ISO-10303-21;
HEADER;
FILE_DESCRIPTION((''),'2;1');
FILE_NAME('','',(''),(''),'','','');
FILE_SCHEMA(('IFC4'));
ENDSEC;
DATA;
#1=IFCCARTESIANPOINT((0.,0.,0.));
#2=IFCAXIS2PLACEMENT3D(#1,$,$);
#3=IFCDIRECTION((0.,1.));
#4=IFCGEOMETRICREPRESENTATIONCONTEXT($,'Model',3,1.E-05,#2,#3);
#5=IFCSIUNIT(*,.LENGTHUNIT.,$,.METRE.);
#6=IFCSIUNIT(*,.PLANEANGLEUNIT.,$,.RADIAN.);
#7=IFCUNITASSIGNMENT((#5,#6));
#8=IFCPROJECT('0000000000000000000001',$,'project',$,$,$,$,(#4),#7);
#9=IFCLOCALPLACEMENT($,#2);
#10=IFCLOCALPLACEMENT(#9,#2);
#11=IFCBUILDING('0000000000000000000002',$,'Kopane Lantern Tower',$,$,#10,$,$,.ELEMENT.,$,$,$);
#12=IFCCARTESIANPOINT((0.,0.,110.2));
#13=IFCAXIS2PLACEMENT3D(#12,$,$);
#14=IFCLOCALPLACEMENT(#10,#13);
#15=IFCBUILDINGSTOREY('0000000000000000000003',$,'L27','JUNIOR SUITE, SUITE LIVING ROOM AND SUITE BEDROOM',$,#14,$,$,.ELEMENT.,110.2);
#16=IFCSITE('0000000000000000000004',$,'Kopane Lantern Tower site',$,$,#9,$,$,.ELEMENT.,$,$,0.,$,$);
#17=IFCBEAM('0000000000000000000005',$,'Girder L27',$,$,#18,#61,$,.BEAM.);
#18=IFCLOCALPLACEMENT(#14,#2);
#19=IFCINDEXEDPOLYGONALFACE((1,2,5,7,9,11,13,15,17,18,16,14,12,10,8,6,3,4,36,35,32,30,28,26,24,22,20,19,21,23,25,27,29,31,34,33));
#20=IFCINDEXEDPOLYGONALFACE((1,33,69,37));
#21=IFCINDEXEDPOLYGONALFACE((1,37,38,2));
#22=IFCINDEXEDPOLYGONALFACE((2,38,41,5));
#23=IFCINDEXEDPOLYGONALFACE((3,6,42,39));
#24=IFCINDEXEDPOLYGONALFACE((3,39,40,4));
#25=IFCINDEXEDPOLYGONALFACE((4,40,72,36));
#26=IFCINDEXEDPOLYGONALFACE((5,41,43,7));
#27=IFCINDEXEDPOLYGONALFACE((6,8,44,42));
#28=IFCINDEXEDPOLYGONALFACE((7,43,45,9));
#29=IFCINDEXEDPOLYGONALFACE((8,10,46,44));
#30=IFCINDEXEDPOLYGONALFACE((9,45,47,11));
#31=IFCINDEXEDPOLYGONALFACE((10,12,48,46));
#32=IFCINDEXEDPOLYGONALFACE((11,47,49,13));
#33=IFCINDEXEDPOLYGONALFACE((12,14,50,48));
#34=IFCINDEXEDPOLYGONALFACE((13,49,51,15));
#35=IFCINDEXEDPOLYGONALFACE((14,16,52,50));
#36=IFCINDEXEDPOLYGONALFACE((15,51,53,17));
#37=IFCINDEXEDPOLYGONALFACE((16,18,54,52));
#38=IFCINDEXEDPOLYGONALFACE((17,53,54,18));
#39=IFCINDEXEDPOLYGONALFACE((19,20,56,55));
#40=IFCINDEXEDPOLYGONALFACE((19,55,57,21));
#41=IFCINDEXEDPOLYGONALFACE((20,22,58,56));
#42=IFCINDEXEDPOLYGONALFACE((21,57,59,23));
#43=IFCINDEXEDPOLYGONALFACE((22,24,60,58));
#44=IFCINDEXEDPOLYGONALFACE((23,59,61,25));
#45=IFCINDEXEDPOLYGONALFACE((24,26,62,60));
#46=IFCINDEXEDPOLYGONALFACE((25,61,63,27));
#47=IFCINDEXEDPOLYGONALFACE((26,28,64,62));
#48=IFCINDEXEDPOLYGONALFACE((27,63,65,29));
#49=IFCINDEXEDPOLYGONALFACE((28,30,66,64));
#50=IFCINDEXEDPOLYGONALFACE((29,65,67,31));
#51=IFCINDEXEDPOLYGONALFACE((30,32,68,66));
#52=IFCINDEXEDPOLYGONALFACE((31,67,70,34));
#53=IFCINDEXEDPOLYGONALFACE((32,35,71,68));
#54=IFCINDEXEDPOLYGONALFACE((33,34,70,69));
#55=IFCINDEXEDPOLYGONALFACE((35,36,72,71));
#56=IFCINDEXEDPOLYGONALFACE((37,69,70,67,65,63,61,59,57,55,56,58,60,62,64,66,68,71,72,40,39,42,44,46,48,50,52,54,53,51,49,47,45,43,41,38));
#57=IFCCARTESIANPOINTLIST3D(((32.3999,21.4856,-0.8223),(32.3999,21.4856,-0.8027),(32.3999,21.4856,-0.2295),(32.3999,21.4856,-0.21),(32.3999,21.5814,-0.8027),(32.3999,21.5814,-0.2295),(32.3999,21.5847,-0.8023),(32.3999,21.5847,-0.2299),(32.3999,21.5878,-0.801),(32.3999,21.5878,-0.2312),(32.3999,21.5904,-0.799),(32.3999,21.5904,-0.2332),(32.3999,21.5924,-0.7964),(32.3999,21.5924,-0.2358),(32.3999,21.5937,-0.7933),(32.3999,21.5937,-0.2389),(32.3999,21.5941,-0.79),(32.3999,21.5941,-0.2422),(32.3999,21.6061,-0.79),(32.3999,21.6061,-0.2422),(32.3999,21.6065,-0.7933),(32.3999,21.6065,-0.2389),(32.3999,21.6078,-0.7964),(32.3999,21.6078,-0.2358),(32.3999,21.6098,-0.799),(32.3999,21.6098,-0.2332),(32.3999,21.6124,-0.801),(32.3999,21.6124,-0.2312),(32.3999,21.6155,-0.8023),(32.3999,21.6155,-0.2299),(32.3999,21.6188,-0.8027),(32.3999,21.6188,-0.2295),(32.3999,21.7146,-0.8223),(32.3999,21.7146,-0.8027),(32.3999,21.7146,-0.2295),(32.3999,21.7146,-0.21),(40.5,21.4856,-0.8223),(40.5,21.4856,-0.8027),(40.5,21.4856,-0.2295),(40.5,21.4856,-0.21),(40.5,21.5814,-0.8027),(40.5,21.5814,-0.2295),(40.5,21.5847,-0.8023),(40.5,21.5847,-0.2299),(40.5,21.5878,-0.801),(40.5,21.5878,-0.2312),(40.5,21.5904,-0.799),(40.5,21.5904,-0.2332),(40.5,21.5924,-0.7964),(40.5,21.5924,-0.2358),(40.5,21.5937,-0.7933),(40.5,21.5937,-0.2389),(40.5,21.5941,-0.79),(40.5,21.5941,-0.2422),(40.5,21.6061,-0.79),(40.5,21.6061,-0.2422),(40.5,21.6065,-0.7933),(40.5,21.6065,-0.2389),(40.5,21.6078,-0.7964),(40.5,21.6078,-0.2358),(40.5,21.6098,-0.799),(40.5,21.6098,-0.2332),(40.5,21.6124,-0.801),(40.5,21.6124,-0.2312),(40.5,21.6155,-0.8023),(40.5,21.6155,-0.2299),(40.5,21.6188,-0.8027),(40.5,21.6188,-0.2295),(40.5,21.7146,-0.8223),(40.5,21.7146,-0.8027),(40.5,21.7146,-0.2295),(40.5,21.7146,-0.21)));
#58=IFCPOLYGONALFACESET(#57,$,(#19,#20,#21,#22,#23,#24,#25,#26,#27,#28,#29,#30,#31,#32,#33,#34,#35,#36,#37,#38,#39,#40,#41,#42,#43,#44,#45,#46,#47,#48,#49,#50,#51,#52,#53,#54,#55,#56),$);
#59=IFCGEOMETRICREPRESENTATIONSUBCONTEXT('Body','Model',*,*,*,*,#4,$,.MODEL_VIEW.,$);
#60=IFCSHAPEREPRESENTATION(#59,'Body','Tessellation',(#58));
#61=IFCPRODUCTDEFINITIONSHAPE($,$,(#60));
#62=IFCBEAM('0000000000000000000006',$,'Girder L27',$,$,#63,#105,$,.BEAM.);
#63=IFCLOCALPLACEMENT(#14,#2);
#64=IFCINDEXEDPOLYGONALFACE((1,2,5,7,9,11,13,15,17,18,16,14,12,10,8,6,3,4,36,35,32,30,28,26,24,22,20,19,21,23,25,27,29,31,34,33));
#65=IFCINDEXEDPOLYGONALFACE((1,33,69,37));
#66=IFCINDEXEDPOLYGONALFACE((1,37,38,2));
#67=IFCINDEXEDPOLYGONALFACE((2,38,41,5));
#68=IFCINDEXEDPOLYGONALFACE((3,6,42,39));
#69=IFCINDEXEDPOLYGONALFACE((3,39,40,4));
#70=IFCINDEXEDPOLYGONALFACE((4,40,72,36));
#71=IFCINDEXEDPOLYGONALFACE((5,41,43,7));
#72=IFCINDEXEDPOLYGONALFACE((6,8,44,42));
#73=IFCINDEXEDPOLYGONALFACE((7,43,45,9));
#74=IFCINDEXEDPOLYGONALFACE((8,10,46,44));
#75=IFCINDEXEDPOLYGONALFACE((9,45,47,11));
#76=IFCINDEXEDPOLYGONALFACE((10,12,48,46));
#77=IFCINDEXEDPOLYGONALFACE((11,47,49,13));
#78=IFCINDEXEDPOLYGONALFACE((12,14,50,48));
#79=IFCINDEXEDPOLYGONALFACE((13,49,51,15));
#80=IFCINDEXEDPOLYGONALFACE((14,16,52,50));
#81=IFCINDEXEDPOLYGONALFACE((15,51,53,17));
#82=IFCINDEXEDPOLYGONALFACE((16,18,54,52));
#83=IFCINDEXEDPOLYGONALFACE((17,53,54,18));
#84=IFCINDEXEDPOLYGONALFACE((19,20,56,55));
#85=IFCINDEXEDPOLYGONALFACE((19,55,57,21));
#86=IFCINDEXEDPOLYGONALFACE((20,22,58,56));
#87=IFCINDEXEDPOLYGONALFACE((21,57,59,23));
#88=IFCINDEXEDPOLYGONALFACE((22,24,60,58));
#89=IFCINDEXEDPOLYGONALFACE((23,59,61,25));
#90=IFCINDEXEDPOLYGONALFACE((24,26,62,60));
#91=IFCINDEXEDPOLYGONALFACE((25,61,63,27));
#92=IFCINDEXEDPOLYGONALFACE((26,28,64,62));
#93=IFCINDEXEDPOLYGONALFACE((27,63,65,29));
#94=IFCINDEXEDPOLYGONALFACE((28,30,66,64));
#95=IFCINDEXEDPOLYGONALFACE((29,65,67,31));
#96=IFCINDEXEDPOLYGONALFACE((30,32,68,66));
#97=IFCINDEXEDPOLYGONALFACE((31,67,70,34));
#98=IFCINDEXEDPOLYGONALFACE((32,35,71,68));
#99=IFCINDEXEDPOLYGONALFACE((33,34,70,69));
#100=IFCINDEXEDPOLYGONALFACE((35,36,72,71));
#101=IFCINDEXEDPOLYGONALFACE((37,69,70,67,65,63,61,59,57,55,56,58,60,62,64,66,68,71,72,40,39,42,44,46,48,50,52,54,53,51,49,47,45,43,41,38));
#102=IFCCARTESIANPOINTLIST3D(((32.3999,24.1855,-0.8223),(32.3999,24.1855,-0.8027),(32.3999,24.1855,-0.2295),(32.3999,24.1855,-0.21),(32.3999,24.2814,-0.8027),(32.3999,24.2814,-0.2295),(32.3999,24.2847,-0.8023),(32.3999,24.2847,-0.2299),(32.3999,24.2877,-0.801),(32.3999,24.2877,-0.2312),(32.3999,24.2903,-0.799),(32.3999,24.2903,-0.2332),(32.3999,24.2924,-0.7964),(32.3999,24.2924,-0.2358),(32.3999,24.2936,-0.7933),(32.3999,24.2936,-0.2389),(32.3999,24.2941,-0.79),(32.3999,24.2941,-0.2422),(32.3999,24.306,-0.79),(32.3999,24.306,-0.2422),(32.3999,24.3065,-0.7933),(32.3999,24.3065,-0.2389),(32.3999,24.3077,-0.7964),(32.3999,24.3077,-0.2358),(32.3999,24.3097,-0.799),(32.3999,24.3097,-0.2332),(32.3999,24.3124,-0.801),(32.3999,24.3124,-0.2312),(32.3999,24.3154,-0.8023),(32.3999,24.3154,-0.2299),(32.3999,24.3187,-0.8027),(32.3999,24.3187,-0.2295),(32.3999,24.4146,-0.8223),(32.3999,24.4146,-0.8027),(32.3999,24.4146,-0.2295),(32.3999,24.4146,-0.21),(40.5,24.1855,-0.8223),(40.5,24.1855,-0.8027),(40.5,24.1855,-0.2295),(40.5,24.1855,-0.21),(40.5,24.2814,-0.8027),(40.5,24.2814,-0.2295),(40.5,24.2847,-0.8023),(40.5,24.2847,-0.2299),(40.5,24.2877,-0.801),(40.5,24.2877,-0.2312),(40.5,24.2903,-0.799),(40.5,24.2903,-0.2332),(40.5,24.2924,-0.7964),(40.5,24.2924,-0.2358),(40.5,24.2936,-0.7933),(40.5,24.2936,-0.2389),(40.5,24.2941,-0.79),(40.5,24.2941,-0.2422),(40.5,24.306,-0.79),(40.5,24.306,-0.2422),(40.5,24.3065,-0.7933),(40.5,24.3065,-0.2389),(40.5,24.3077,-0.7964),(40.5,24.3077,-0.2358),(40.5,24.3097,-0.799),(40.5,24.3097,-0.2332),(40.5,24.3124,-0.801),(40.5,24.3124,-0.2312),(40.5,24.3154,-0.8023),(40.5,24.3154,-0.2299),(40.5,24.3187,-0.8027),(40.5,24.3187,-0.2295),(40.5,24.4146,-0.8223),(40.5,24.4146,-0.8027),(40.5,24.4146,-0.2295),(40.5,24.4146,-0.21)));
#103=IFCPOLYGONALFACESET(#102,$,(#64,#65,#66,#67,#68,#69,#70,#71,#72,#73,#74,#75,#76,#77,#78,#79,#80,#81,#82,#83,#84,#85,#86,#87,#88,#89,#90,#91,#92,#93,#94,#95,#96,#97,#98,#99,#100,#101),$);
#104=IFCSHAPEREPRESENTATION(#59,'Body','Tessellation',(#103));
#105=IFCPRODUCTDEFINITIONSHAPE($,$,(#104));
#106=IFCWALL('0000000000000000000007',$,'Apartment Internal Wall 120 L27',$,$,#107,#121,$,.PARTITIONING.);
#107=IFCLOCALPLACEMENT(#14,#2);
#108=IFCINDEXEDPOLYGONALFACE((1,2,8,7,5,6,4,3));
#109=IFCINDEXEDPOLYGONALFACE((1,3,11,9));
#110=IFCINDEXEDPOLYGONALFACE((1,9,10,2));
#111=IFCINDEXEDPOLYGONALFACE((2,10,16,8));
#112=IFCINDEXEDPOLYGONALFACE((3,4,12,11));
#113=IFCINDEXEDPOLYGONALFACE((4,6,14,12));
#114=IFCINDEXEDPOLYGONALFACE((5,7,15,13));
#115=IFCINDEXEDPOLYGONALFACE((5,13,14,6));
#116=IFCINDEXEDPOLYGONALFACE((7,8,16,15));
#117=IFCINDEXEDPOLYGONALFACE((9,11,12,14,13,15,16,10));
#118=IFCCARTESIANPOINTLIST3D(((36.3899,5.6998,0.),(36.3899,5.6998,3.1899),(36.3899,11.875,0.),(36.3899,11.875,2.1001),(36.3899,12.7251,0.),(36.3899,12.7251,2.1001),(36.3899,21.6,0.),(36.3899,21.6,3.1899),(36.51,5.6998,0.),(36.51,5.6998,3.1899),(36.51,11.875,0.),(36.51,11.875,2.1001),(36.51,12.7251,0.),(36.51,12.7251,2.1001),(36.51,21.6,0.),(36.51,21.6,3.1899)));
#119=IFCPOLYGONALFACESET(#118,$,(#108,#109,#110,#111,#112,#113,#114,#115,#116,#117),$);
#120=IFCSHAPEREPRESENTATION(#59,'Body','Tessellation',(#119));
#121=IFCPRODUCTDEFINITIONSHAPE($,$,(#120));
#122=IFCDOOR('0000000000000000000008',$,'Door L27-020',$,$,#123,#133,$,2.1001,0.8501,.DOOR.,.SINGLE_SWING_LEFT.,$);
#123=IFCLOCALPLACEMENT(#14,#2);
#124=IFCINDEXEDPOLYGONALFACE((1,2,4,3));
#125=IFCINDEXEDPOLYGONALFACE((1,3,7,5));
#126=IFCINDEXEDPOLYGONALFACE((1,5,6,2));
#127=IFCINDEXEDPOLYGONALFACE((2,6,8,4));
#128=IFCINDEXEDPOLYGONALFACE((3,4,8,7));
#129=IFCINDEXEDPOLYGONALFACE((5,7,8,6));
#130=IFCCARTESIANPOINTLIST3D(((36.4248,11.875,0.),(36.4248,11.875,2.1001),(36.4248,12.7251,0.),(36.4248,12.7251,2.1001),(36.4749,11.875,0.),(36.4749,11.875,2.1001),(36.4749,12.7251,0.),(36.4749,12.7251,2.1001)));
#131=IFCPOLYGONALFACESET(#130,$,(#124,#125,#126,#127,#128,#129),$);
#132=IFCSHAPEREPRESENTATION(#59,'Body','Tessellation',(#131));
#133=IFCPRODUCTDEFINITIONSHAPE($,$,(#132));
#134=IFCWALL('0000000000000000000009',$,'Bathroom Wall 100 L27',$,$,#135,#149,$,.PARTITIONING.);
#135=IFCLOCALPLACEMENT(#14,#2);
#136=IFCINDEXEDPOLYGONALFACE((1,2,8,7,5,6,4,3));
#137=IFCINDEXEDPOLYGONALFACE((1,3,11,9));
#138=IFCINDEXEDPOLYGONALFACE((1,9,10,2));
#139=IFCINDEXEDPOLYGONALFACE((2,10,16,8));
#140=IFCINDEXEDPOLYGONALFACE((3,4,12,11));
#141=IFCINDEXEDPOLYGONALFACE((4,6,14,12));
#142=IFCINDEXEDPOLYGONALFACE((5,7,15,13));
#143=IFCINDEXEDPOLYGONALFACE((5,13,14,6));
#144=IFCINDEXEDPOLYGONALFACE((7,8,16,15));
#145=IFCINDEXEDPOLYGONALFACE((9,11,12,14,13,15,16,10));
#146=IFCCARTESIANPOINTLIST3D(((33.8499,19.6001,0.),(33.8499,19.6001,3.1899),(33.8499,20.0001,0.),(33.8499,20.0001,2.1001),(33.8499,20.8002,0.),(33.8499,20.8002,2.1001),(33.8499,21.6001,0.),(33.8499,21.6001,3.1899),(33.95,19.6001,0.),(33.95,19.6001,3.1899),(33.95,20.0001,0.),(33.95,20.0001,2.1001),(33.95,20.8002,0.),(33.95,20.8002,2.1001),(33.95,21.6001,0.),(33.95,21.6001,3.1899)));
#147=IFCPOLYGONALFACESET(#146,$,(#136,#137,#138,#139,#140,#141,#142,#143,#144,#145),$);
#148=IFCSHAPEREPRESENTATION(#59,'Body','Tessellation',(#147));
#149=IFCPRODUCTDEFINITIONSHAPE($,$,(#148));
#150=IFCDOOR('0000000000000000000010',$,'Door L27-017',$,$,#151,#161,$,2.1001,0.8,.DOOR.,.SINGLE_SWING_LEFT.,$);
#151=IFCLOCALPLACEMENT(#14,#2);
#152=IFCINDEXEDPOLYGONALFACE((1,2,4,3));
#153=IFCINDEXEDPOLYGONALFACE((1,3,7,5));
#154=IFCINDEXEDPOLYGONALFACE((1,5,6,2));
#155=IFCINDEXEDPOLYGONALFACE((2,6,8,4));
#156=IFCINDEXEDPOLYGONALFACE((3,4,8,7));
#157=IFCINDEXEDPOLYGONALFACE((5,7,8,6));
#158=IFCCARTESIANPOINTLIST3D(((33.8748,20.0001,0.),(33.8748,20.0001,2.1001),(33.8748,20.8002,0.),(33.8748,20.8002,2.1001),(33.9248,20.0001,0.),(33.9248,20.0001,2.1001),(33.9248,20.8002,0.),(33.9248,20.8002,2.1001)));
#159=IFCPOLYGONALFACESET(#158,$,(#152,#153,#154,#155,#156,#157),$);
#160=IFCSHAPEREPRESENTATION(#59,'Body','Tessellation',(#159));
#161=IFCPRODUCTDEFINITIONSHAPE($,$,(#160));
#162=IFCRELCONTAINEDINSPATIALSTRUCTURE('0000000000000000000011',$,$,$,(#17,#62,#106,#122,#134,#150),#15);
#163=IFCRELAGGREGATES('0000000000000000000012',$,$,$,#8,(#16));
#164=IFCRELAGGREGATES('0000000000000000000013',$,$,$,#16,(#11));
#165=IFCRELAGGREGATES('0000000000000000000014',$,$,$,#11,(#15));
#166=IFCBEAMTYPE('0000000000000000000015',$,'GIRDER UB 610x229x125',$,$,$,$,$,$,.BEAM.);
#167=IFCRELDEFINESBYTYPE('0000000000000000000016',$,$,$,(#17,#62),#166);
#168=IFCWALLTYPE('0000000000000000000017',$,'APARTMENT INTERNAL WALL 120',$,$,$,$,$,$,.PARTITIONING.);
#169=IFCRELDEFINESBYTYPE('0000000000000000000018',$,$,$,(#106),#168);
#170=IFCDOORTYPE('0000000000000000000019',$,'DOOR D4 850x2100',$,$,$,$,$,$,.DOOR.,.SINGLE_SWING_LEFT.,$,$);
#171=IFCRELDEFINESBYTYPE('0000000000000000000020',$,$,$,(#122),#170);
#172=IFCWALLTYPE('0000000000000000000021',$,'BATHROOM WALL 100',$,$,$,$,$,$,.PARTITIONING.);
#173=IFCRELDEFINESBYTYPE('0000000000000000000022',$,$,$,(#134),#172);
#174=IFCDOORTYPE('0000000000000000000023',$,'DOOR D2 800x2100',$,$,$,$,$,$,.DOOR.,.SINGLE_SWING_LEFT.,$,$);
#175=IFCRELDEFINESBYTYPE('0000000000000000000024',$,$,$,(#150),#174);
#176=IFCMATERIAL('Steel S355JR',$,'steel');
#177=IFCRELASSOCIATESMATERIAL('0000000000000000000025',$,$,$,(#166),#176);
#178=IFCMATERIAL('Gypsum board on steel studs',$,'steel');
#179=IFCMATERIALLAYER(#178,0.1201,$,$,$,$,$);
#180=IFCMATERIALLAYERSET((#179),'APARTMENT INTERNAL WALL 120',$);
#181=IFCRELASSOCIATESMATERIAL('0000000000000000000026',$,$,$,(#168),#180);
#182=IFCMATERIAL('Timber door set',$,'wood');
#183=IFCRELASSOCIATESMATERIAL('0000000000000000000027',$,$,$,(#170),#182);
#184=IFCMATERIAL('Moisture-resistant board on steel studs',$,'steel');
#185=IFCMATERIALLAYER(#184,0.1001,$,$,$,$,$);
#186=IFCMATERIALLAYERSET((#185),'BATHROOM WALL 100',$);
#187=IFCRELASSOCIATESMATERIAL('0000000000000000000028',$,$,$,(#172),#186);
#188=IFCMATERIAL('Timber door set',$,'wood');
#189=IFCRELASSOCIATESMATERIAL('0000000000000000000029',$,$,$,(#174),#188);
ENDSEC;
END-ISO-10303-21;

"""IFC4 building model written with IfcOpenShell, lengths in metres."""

from ifc_helpers import new_model, si_unit, direction, frame, frame_2d, origin, origin_2d, place, context, subcontext, project, spatial, rectangle, i_section, extrude, material, layer, layer_set, material_profile, profile_set, type_object, element, fill, save


model = new_model("IFC4")

# Units and contexts
model_context = context("Model", 3, precision=1e-05, world=origin(), true_north=direction((0.0, 1.0)))
body_context = subcontext(model_context, "Body", "Model", "MODEL_VIEW")
ifc_project = project(units=[si_unit("LENGTHUNIT", "METRE"), si_unit("PLANEANGLEUNIT", "RADIAN")], contexts=[model_context])

# Site, building, storey
site_placement = place(None, origin())
site = spatial("IfcSite", under=ifc_project, at=site_placement, Name="Kopane Lantern Tower site", CompositionType="ELEMENT", RefElevation=0.0)
building_placement = place(site_placement, origin())
building = spatial("IfcBuilding", under=site, at=building_placement, Name="Kopane Lantern Tower", CompositionType="ELEMENT")
storey_placement = place(building_placement, frame((0.0, 0.0, 110.2)))
storey = spatial("IfcBuildingStorey", under=building, at=storey_placement, Name="L27", Description="JUNIOR SUITE, SUITE LIVING ROOM AND SUITE BEDROOM", CompositionType="ELEMENT", Elevation=110.2)

# Beams
ifc_material_1 = material(Name="Steel S355JR", Category="steel")
ifc_material_profile_1 = material_profile(ifc_material_1, i_section(OverallWidth=0.229, OverallDepth=0.6123, WebThickness=0.012, FlangeThickness=0.0195, FilletRadius=0.0127, at=origin_2d()), Name="UB 610x229x125")
ifc_profile_set_1 = profile_set([ifc_material_profile_1], Name="Steel S355JR")
beam_type_1 = type_object("IfcBeamType", Name="GIRDER UB 610x229x125", PredefinedType="BEAM", material=ifc_profile_set_1)
for number, where, z_axis, x_axis, name in (
    (1, (32.3999, 21.6001, -0.5161), (1.0, 0.0, 0.0), (0.0, 1.0, 0.0), "Girder L27"),
    (2, (32.3999, 24.3, -0.5161), (1.0, 0.0, 0.0), (0.0, 1.0, 0.0), "Girder L27"),
):
    element("IfcBeam", number, at=place(storey_placement, frame(where, z_axis=z_axis, x_axis=x_axis)), inside=storey, type_object=beam_type_1, Name=name, PredefinedType="BEAM", context=body_context, shape_type="SweptSolid", body=[
        extrude(i_section(OverallWidth=0.229, OverallDepth=0.6123, WebThickness=0.012, FlangeThickness=0.0195, FilletRadius=0.0127, at=origin_2d()), origin(), (0.0, 0.0, 1.0), 8.1001),
    ])

# Walls, openings, doors
ifc_material_2 = material(Name="Gypsum board on steel studs", Category="steel")
ifc_layer_1 = layer(ifc_material_2, 0.1201)
ifc_layer_set_1 = layer_set([ifc_layer_1], Name="APARTMENT INTERNAL WALL 120")
wall_type_1 = type_object("IfcWallType", Name="APARTMENT INTERNAL WALL 120", PredefinedType="PARTITIONING", material=ifc_layer_set_1)
wall_1_placement = place(storey_placement, frame((36.45, 21.6001, 0.0), z_axis=(0.0, 0.0, 1.0), x_axis=(0.0, -1.0, 0.0)))
wall_1 = element("IfcWall", 3, at=wall_1_placement, inside=storey, type_object=wall_type_1, Name="Apartment Internal Wall 120 L27", PredefinedType="PARTITIONING", context=body_context, shape_type="SweptSolid", body=[
    extrude(rectangle(XDim=15.9001, YDim=0.1201, at=frame_2d((7.9502, 0.0))), origin(), (0.0, 0.0, 1.0), 3.1899),
])
opening_1_placement = place(wall_1_placement, frame((8.875, 0.0, 0.0)))
opening_1 = element("IfcOpeningElement", 4, at=opening_1_placement, cuts=wall_1, PredefinedType="OPENING", context=body_context, shape_type="SweptSolid", body=[
    extrude(rectangle(XDim=0.8501, YDim=2.1001, at=frame_2d((0.425, 1.05))), frame((0.0, 0.0701, 0.0), z_axis=(0.0, -1.0, 0.0), x_axis=(1.0, 0.0, 0.0)), (0.0, 0.0, 1.0), 0.1401),
])
ifc_material_3 = material(Name="Timber door set", Category="wood")
door_type_1 = type_object("IfcDoorType", Name="DOOR D4 850x2100", OperationType="SINGLE_SWING_LEFT", PredefinedType="DOOR", material=ifc_material_3)
door_1_placement = place(opening_1_placement, origin())
door_1 = element("IfcDoor", 5, at=door_1_placement, inside=storey, type_object=door_type_1, Name="Door L27-020", OperationType="SINGLE_SWING_LEFT", OverallHeight=2.1001, OverallWidth=0.8501, PredefinedType="DOOR", context=body_context, shape_type="SweptSolid", body=[
    extrude(rectangle(XDim=0.8501, YDim=2.1001, at=frame_2d((0.425, 1.05))), frame((0.0, 0.0249, 0.0), z_axis=(0.0, -1.0, 0.0), x_axis=(1.0, 0.0, 0.0)), (0.0, 0.0, 1.0), 0.05),
])
fill(opening_1, door_1)
ifc_material_4 = material(Name="Moisture-resistant board on steel studs", Category="steel")
ifc_layer_2 = layer(ifc_material_4, 0.1001)
ifc_layer_set_2 = layer_set([ifc_layer_2], Name="BATHROOM WALL 100")
wall_type_2 = type_object("IfcWallType", Name="BATHROOM WALL 100", PredefinedType="PARTITIONING", material=ifc_layer_set_2)
wall_2_placement = place(storey_placement, frame((33.8999, 21.6001, 0.0), z_axis=(0.0, 0.0, 1.0), x_axis=(0.0, -1.0, 0.0)))
wall_2 = element("IfcWall", 6, at=wall_2_placement, inside=storey, type_object=wall_type_2, Name="Bathroom Wall 100 L27", PredefinedType="PARTITIONING", context=body_context, shape_type="SweptSolid", body=[
    extrude(rectangle(XDim=2.0, YDim=0.1001, at=frame_2d((1.0, 0.0))), origin(), (0.0, 0.0, 1.0), 3.1899),
])
opening_2_placement = place(wall_2_placement, frame((0.8, 0.0, 0.0)))
opening_2 = element("IfcOpeningElement", 7, at=opening_2_placement, cuts=wall_2, PredefinedType="OPENING", context=body_context, shape_type="SweptSolid", body=[
    extrude(rectangle(XDim=0.8, YDim=2.1001, at=frame_2d((0.3999, 1.05))), frame((0.0, 0.0601, 0.0), z_axis=(0.0, -1.0, 0.0), x_axis=(1.0, 0.0, 0.0)), (0.0, 0.0, 1.0), 0.1201),
])
ifc_material_5 = material(Name="Timber door set", Category="wood")
door_type_2 = type_object("IfcDoorType", Name="DOOR D2 800x2100", OperationType="SINGLE_SWING_LEFT", PredefinedType="DOOR", material=ifc_material_5)
door_2_placement = place(opening_2_placement, origin())
door_2 = element("IfcDoor", 8, at=door_2_placement, inside=storey, type_object=door_type_2, Name="Door L27-017", OperationType="SINGLE_SWING_LEFT", OverallHeight=2.1001, OverallWidth=0.8, PredefinedType="DOOR", context=body_context, shape_type="SweptSolid", body=[
    extrude(rectangle(XDim=0.8, YDim=2.1001, at=frame_2d((0.3999, 1.05))), frame((0.0, 0.0249, 0.0), z_axis=(0.0, -1.0, 0.0), x_axis=(1.0, 0.0, 0.0)), (0.0, 0.0, 1.0), 0.05),
])
fill(opening_2, door_2)

save(model, "model.ifc")
